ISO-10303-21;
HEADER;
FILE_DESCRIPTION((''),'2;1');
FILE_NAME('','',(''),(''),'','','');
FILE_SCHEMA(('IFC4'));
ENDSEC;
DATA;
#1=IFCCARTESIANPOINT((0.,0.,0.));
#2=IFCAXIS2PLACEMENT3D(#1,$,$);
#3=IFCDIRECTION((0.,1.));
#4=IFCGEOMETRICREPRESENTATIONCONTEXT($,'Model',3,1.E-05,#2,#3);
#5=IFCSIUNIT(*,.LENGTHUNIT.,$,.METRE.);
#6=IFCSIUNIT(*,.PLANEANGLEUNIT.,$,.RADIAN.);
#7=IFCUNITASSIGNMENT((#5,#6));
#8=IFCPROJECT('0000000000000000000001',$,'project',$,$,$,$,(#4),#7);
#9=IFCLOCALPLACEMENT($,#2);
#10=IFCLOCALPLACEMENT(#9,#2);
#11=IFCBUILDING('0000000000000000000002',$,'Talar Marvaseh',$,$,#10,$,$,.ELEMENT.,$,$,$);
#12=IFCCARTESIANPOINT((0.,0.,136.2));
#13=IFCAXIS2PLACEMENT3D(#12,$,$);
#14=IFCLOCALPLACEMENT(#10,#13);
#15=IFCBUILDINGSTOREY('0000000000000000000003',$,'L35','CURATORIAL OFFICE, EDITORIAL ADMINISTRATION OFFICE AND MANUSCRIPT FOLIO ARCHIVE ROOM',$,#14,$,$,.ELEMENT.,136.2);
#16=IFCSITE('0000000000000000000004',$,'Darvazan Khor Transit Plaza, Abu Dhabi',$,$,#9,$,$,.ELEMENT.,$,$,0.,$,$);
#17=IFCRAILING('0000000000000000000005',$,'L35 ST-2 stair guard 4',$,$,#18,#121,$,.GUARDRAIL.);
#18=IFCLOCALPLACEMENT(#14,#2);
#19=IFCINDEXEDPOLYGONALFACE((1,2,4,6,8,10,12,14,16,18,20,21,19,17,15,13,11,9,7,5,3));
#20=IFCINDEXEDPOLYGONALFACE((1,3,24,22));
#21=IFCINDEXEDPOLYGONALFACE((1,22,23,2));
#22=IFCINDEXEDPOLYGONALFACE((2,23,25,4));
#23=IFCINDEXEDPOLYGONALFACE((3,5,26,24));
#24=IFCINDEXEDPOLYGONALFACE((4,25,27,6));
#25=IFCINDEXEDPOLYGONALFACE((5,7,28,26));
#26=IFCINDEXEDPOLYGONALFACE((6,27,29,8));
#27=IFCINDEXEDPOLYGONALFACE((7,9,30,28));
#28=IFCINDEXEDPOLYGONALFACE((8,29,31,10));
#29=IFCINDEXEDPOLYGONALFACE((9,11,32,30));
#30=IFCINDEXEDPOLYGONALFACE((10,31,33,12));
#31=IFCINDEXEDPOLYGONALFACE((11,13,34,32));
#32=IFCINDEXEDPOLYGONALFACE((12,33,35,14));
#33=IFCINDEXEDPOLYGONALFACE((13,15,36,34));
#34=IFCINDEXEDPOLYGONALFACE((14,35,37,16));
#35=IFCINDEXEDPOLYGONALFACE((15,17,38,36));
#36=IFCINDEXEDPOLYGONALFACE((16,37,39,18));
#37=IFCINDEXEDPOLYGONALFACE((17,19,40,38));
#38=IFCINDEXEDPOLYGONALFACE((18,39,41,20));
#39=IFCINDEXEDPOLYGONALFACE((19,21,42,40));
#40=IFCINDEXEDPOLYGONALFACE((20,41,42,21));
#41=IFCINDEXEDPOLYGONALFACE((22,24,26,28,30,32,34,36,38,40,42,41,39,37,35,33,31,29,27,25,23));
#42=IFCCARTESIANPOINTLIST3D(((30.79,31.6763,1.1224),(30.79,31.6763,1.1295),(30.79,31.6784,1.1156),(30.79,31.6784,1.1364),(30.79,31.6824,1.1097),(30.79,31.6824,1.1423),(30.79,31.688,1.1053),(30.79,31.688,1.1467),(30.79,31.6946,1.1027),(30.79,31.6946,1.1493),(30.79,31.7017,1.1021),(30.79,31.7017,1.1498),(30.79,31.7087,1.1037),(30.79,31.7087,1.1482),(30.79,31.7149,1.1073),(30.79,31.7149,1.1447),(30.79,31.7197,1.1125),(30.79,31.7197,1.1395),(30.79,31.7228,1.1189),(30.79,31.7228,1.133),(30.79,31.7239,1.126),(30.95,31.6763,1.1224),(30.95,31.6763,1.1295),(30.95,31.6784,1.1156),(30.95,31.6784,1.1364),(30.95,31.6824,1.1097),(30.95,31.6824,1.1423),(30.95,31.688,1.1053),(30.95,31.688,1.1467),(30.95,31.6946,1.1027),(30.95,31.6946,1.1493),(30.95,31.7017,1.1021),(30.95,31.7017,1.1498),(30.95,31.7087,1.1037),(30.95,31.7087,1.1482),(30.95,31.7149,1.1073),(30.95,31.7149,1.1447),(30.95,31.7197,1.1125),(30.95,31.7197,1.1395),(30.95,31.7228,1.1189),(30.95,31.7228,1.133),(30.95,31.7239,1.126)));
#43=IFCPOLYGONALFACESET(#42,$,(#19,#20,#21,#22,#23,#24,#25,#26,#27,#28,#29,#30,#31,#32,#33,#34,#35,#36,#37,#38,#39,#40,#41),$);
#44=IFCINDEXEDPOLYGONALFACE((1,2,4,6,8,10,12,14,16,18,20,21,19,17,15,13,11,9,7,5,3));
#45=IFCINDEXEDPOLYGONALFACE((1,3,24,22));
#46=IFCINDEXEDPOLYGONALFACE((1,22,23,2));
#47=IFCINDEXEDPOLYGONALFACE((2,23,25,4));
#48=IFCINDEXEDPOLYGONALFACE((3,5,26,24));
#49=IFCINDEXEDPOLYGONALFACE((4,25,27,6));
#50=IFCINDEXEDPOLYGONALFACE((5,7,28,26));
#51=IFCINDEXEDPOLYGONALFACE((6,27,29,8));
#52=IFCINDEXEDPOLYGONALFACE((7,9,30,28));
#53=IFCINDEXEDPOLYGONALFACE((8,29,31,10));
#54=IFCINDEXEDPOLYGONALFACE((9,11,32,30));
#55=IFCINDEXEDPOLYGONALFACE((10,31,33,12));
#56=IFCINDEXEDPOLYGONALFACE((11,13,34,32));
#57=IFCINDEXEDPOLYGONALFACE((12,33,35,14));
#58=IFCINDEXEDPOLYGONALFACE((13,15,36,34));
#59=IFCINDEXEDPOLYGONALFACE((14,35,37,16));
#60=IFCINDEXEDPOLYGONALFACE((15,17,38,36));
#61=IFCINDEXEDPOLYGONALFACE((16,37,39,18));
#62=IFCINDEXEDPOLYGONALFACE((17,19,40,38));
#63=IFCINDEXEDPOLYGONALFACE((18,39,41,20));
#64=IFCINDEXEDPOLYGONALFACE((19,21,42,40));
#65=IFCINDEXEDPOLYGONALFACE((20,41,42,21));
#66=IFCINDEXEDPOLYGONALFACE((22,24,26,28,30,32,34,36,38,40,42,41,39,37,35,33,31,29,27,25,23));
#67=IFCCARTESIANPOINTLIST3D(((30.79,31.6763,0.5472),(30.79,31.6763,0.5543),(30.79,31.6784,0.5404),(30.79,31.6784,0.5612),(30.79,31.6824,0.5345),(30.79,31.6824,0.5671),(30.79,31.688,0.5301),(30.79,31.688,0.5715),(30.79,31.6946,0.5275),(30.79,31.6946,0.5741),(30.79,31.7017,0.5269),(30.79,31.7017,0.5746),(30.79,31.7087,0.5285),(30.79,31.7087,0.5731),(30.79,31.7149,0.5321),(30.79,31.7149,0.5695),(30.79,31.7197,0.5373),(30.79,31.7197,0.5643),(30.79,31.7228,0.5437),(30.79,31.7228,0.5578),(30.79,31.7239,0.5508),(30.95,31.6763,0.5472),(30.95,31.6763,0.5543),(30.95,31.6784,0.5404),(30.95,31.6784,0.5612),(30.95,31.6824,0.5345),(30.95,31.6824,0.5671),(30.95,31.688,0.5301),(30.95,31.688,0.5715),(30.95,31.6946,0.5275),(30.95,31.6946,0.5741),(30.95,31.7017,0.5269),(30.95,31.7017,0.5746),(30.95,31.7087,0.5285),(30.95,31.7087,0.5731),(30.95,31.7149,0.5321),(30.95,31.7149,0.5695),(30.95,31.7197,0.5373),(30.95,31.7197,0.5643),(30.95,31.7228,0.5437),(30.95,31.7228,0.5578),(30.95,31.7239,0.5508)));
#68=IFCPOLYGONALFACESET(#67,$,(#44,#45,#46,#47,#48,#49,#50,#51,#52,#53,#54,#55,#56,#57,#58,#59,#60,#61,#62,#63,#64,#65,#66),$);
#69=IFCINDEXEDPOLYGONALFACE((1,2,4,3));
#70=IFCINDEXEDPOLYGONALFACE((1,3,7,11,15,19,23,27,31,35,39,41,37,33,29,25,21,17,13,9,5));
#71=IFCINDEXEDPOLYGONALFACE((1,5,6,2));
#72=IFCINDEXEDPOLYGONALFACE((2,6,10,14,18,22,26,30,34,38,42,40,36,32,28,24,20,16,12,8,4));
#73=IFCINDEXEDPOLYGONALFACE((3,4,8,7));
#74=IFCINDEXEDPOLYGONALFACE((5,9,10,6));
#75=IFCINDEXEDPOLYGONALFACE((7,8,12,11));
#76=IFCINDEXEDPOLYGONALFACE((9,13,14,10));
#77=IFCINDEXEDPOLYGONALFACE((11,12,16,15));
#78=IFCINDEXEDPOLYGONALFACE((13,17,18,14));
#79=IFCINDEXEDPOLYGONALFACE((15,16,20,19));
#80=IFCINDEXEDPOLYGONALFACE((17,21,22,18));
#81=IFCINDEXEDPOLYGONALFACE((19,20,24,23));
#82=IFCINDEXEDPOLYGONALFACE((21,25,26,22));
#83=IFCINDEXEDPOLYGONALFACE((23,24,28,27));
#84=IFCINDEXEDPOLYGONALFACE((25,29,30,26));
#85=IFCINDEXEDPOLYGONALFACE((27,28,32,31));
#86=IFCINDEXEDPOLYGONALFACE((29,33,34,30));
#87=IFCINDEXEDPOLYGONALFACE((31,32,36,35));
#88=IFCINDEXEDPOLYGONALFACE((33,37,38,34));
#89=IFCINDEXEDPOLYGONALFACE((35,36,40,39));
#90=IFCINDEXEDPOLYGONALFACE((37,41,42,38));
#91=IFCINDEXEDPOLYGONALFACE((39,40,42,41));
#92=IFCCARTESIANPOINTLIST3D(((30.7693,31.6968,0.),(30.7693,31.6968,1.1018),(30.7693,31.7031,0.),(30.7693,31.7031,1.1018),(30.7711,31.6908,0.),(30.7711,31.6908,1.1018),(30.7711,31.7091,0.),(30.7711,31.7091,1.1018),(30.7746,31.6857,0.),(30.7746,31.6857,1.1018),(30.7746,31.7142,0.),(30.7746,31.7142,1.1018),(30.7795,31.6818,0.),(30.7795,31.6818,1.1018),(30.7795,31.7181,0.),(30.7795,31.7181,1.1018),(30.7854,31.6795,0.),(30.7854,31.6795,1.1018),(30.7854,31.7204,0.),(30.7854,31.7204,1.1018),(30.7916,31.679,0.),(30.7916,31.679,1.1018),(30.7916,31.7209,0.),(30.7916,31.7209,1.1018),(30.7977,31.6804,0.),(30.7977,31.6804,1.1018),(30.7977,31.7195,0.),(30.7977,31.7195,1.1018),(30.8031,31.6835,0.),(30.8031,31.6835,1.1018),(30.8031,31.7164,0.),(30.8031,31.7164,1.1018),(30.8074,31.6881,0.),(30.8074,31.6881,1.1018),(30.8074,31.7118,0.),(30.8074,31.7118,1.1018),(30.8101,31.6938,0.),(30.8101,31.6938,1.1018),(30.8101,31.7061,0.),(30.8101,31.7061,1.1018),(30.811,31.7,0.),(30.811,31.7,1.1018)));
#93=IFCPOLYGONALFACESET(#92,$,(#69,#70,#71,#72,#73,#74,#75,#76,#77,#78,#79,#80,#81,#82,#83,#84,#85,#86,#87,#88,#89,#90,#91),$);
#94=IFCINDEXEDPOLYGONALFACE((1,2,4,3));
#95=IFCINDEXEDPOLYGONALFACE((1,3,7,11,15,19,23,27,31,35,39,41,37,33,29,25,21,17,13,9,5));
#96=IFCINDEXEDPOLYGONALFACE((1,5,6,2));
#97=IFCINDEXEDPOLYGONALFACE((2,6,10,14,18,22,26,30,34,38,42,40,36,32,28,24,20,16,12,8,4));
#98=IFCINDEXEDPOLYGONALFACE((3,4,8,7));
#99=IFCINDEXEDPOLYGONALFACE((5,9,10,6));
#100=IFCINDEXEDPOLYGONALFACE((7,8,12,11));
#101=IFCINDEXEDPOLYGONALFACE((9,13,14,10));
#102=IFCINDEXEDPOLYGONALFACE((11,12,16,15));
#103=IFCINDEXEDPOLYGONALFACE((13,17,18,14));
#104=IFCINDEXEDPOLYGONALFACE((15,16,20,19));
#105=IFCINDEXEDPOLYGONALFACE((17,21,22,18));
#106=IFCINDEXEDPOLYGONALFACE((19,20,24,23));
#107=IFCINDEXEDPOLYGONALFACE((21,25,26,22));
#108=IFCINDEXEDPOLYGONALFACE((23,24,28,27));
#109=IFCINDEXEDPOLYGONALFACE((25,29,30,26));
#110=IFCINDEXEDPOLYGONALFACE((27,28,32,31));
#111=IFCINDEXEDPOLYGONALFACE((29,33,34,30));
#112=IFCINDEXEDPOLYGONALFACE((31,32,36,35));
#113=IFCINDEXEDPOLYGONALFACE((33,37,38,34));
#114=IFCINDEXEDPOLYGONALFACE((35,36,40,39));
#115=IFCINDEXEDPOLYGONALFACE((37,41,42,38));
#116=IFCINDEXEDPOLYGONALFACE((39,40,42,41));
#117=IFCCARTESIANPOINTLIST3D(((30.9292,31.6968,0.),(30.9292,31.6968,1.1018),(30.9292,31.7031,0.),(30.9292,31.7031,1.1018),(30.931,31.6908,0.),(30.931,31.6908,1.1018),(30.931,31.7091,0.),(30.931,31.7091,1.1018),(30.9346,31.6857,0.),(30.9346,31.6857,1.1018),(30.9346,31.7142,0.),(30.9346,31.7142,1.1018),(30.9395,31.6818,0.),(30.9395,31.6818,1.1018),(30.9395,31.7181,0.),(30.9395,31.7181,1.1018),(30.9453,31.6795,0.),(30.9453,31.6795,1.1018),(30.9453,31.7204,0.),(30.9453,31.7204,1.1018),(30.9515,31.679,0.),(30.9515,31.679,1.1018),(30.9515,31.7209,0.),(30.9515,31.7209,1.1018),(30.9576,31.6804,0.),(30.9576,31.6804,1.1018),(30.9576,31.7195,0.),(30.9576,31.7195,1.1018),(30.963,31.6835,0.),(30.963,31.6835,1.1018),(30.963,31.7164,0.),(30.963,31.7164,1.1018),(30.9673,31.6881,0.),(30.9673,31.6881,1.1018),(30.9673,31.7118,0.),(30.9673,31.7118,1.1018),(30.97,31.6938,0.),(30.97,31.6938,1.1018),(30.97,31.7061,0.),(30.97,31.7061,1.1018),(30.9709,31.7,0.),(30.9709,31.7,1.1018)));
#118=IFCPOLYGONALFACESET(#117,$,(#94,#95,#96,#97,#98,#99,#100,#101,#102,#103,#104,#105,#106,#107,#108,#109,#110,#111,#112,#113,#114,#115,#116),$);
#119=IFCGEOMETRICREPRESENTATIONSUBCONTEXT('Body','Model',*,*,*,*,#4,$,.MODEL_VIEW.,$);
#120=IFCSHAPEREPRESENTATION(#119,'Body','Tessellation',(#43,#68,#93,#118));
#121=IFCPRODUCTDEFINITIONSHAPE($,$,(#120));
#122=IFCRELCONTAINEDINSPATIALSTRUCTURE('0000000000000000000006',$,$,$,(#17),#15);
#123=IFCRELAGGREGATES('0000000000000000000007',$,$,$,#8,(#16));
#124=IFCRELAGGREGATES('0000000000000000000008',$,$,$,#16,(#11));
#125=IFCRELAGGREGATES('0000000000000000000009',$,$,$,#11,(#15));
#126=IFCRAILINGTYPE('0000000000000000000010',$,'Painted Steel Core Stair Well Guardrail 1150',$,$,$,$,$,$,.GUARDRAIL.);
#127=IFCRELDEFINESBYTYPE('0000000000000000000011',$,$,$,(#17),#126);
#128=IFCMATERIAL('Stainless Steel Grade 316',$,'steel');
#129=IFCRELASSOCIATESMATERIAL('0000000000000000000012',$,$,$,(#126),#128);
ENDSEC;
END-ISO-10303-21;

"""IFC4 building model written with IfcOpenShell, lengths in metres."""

from ifc_helpers import new_model, si_unit, direction, frame, origin, origin_2d, place, context, subcontext, project, spatial, circle, extrude, material, type_object, element, save


model = new_model("IFC4")

# Units and contexts
model_context = context("Model", 3, precision=1e-05, world=origin(), true_north=direction((0.0, 1.0)))
body_context = subcontext(model_context, "Body", "Model", "MODEL_VIEW")
ifc_project = project(units=[si_unit("LENGTHUNIT", "METRE"), si_unit("PLANEANGLEUNIT", "RADIAN")], contexts=[model_context])

# Site, building, storey
site_placement = place(None, origin())
site = spatial("IfcSite", under=ifc_project, at=site_placement, Name="Darvazan Khor Transit Plaza, Abu Dhabi", CompositionType="ELEMENT", RefElevation=0.0)
building_placement = place(site_placement, origin())
building = spatial("IfcBuilding", under=site, at=building_placement, Name="Talar Marvaseh", CompositionType="ELEMENT")
storey_placement = place(building_placement, frame((0.0, 0.0, 136.2)))
storey = spatial("IfcBuildingStorey", under=building, at=storey_placement, Name="L35", Description="CURATORIAL OFFICE, EDITORIAL ADMINISTRATION OFFICE AND MANUSCRIPT FOLIO ARCHIVE ROOM", CompositionType="ELEMENT", Elevation=136.2)

# Shared definitions
ifc_material_1 = material(Name="Stainless Steel Grade 316", Category="steel")

# Railing
railing_type_1 = type_object("IfcRailingType", Name="Painted Steel Core Stair Well Guardrail 1150", PredefinedType="GUARDRAIL", material=ifc_material_1)
railing_1_placement = place(storey_placement, frame((30.79, 31.7, 0.0)))
element("IfcRailing", 1, at=railing_1_placement, inside=storey, type_object=railing_type_1, Name="L35 ST-2 stair guard 4", PredefinedType="GUARDRAIL", context=body_context, shape_type="SweptSolid", body=[
    extrude(circle(Radius=0.0239, at=origin_2d()), frame((0.0, 0.0, 1.126), z_axis=(1.0, 0.0, 0.0), x_axis=(0.0, 1.0, 0.0)), (0.0, 0.0, 1.0), 0.1599),
    extrude(circle(Radius=0.0239, at=origin_2d()), frame((0.0, 0.0, 0.5508), z_axis=(1.0, 0.0, 0.0), x_axis=(0.0, 1.0, 0.0)), (0.0, 0.0, 1.0), 0.1599),
    extrude(circle(Radius=0.021, at=origin_2d()), origin(), (0.0, 0.0, 1.0), 1.1018),
    extrude(circle(Radius=0.021, at=origin_2d()), frame((0.1599, 0.0, 0.0)), (0.0, 0.0, 1.0), 1.1018),
])

save(model, "model.ifc")
